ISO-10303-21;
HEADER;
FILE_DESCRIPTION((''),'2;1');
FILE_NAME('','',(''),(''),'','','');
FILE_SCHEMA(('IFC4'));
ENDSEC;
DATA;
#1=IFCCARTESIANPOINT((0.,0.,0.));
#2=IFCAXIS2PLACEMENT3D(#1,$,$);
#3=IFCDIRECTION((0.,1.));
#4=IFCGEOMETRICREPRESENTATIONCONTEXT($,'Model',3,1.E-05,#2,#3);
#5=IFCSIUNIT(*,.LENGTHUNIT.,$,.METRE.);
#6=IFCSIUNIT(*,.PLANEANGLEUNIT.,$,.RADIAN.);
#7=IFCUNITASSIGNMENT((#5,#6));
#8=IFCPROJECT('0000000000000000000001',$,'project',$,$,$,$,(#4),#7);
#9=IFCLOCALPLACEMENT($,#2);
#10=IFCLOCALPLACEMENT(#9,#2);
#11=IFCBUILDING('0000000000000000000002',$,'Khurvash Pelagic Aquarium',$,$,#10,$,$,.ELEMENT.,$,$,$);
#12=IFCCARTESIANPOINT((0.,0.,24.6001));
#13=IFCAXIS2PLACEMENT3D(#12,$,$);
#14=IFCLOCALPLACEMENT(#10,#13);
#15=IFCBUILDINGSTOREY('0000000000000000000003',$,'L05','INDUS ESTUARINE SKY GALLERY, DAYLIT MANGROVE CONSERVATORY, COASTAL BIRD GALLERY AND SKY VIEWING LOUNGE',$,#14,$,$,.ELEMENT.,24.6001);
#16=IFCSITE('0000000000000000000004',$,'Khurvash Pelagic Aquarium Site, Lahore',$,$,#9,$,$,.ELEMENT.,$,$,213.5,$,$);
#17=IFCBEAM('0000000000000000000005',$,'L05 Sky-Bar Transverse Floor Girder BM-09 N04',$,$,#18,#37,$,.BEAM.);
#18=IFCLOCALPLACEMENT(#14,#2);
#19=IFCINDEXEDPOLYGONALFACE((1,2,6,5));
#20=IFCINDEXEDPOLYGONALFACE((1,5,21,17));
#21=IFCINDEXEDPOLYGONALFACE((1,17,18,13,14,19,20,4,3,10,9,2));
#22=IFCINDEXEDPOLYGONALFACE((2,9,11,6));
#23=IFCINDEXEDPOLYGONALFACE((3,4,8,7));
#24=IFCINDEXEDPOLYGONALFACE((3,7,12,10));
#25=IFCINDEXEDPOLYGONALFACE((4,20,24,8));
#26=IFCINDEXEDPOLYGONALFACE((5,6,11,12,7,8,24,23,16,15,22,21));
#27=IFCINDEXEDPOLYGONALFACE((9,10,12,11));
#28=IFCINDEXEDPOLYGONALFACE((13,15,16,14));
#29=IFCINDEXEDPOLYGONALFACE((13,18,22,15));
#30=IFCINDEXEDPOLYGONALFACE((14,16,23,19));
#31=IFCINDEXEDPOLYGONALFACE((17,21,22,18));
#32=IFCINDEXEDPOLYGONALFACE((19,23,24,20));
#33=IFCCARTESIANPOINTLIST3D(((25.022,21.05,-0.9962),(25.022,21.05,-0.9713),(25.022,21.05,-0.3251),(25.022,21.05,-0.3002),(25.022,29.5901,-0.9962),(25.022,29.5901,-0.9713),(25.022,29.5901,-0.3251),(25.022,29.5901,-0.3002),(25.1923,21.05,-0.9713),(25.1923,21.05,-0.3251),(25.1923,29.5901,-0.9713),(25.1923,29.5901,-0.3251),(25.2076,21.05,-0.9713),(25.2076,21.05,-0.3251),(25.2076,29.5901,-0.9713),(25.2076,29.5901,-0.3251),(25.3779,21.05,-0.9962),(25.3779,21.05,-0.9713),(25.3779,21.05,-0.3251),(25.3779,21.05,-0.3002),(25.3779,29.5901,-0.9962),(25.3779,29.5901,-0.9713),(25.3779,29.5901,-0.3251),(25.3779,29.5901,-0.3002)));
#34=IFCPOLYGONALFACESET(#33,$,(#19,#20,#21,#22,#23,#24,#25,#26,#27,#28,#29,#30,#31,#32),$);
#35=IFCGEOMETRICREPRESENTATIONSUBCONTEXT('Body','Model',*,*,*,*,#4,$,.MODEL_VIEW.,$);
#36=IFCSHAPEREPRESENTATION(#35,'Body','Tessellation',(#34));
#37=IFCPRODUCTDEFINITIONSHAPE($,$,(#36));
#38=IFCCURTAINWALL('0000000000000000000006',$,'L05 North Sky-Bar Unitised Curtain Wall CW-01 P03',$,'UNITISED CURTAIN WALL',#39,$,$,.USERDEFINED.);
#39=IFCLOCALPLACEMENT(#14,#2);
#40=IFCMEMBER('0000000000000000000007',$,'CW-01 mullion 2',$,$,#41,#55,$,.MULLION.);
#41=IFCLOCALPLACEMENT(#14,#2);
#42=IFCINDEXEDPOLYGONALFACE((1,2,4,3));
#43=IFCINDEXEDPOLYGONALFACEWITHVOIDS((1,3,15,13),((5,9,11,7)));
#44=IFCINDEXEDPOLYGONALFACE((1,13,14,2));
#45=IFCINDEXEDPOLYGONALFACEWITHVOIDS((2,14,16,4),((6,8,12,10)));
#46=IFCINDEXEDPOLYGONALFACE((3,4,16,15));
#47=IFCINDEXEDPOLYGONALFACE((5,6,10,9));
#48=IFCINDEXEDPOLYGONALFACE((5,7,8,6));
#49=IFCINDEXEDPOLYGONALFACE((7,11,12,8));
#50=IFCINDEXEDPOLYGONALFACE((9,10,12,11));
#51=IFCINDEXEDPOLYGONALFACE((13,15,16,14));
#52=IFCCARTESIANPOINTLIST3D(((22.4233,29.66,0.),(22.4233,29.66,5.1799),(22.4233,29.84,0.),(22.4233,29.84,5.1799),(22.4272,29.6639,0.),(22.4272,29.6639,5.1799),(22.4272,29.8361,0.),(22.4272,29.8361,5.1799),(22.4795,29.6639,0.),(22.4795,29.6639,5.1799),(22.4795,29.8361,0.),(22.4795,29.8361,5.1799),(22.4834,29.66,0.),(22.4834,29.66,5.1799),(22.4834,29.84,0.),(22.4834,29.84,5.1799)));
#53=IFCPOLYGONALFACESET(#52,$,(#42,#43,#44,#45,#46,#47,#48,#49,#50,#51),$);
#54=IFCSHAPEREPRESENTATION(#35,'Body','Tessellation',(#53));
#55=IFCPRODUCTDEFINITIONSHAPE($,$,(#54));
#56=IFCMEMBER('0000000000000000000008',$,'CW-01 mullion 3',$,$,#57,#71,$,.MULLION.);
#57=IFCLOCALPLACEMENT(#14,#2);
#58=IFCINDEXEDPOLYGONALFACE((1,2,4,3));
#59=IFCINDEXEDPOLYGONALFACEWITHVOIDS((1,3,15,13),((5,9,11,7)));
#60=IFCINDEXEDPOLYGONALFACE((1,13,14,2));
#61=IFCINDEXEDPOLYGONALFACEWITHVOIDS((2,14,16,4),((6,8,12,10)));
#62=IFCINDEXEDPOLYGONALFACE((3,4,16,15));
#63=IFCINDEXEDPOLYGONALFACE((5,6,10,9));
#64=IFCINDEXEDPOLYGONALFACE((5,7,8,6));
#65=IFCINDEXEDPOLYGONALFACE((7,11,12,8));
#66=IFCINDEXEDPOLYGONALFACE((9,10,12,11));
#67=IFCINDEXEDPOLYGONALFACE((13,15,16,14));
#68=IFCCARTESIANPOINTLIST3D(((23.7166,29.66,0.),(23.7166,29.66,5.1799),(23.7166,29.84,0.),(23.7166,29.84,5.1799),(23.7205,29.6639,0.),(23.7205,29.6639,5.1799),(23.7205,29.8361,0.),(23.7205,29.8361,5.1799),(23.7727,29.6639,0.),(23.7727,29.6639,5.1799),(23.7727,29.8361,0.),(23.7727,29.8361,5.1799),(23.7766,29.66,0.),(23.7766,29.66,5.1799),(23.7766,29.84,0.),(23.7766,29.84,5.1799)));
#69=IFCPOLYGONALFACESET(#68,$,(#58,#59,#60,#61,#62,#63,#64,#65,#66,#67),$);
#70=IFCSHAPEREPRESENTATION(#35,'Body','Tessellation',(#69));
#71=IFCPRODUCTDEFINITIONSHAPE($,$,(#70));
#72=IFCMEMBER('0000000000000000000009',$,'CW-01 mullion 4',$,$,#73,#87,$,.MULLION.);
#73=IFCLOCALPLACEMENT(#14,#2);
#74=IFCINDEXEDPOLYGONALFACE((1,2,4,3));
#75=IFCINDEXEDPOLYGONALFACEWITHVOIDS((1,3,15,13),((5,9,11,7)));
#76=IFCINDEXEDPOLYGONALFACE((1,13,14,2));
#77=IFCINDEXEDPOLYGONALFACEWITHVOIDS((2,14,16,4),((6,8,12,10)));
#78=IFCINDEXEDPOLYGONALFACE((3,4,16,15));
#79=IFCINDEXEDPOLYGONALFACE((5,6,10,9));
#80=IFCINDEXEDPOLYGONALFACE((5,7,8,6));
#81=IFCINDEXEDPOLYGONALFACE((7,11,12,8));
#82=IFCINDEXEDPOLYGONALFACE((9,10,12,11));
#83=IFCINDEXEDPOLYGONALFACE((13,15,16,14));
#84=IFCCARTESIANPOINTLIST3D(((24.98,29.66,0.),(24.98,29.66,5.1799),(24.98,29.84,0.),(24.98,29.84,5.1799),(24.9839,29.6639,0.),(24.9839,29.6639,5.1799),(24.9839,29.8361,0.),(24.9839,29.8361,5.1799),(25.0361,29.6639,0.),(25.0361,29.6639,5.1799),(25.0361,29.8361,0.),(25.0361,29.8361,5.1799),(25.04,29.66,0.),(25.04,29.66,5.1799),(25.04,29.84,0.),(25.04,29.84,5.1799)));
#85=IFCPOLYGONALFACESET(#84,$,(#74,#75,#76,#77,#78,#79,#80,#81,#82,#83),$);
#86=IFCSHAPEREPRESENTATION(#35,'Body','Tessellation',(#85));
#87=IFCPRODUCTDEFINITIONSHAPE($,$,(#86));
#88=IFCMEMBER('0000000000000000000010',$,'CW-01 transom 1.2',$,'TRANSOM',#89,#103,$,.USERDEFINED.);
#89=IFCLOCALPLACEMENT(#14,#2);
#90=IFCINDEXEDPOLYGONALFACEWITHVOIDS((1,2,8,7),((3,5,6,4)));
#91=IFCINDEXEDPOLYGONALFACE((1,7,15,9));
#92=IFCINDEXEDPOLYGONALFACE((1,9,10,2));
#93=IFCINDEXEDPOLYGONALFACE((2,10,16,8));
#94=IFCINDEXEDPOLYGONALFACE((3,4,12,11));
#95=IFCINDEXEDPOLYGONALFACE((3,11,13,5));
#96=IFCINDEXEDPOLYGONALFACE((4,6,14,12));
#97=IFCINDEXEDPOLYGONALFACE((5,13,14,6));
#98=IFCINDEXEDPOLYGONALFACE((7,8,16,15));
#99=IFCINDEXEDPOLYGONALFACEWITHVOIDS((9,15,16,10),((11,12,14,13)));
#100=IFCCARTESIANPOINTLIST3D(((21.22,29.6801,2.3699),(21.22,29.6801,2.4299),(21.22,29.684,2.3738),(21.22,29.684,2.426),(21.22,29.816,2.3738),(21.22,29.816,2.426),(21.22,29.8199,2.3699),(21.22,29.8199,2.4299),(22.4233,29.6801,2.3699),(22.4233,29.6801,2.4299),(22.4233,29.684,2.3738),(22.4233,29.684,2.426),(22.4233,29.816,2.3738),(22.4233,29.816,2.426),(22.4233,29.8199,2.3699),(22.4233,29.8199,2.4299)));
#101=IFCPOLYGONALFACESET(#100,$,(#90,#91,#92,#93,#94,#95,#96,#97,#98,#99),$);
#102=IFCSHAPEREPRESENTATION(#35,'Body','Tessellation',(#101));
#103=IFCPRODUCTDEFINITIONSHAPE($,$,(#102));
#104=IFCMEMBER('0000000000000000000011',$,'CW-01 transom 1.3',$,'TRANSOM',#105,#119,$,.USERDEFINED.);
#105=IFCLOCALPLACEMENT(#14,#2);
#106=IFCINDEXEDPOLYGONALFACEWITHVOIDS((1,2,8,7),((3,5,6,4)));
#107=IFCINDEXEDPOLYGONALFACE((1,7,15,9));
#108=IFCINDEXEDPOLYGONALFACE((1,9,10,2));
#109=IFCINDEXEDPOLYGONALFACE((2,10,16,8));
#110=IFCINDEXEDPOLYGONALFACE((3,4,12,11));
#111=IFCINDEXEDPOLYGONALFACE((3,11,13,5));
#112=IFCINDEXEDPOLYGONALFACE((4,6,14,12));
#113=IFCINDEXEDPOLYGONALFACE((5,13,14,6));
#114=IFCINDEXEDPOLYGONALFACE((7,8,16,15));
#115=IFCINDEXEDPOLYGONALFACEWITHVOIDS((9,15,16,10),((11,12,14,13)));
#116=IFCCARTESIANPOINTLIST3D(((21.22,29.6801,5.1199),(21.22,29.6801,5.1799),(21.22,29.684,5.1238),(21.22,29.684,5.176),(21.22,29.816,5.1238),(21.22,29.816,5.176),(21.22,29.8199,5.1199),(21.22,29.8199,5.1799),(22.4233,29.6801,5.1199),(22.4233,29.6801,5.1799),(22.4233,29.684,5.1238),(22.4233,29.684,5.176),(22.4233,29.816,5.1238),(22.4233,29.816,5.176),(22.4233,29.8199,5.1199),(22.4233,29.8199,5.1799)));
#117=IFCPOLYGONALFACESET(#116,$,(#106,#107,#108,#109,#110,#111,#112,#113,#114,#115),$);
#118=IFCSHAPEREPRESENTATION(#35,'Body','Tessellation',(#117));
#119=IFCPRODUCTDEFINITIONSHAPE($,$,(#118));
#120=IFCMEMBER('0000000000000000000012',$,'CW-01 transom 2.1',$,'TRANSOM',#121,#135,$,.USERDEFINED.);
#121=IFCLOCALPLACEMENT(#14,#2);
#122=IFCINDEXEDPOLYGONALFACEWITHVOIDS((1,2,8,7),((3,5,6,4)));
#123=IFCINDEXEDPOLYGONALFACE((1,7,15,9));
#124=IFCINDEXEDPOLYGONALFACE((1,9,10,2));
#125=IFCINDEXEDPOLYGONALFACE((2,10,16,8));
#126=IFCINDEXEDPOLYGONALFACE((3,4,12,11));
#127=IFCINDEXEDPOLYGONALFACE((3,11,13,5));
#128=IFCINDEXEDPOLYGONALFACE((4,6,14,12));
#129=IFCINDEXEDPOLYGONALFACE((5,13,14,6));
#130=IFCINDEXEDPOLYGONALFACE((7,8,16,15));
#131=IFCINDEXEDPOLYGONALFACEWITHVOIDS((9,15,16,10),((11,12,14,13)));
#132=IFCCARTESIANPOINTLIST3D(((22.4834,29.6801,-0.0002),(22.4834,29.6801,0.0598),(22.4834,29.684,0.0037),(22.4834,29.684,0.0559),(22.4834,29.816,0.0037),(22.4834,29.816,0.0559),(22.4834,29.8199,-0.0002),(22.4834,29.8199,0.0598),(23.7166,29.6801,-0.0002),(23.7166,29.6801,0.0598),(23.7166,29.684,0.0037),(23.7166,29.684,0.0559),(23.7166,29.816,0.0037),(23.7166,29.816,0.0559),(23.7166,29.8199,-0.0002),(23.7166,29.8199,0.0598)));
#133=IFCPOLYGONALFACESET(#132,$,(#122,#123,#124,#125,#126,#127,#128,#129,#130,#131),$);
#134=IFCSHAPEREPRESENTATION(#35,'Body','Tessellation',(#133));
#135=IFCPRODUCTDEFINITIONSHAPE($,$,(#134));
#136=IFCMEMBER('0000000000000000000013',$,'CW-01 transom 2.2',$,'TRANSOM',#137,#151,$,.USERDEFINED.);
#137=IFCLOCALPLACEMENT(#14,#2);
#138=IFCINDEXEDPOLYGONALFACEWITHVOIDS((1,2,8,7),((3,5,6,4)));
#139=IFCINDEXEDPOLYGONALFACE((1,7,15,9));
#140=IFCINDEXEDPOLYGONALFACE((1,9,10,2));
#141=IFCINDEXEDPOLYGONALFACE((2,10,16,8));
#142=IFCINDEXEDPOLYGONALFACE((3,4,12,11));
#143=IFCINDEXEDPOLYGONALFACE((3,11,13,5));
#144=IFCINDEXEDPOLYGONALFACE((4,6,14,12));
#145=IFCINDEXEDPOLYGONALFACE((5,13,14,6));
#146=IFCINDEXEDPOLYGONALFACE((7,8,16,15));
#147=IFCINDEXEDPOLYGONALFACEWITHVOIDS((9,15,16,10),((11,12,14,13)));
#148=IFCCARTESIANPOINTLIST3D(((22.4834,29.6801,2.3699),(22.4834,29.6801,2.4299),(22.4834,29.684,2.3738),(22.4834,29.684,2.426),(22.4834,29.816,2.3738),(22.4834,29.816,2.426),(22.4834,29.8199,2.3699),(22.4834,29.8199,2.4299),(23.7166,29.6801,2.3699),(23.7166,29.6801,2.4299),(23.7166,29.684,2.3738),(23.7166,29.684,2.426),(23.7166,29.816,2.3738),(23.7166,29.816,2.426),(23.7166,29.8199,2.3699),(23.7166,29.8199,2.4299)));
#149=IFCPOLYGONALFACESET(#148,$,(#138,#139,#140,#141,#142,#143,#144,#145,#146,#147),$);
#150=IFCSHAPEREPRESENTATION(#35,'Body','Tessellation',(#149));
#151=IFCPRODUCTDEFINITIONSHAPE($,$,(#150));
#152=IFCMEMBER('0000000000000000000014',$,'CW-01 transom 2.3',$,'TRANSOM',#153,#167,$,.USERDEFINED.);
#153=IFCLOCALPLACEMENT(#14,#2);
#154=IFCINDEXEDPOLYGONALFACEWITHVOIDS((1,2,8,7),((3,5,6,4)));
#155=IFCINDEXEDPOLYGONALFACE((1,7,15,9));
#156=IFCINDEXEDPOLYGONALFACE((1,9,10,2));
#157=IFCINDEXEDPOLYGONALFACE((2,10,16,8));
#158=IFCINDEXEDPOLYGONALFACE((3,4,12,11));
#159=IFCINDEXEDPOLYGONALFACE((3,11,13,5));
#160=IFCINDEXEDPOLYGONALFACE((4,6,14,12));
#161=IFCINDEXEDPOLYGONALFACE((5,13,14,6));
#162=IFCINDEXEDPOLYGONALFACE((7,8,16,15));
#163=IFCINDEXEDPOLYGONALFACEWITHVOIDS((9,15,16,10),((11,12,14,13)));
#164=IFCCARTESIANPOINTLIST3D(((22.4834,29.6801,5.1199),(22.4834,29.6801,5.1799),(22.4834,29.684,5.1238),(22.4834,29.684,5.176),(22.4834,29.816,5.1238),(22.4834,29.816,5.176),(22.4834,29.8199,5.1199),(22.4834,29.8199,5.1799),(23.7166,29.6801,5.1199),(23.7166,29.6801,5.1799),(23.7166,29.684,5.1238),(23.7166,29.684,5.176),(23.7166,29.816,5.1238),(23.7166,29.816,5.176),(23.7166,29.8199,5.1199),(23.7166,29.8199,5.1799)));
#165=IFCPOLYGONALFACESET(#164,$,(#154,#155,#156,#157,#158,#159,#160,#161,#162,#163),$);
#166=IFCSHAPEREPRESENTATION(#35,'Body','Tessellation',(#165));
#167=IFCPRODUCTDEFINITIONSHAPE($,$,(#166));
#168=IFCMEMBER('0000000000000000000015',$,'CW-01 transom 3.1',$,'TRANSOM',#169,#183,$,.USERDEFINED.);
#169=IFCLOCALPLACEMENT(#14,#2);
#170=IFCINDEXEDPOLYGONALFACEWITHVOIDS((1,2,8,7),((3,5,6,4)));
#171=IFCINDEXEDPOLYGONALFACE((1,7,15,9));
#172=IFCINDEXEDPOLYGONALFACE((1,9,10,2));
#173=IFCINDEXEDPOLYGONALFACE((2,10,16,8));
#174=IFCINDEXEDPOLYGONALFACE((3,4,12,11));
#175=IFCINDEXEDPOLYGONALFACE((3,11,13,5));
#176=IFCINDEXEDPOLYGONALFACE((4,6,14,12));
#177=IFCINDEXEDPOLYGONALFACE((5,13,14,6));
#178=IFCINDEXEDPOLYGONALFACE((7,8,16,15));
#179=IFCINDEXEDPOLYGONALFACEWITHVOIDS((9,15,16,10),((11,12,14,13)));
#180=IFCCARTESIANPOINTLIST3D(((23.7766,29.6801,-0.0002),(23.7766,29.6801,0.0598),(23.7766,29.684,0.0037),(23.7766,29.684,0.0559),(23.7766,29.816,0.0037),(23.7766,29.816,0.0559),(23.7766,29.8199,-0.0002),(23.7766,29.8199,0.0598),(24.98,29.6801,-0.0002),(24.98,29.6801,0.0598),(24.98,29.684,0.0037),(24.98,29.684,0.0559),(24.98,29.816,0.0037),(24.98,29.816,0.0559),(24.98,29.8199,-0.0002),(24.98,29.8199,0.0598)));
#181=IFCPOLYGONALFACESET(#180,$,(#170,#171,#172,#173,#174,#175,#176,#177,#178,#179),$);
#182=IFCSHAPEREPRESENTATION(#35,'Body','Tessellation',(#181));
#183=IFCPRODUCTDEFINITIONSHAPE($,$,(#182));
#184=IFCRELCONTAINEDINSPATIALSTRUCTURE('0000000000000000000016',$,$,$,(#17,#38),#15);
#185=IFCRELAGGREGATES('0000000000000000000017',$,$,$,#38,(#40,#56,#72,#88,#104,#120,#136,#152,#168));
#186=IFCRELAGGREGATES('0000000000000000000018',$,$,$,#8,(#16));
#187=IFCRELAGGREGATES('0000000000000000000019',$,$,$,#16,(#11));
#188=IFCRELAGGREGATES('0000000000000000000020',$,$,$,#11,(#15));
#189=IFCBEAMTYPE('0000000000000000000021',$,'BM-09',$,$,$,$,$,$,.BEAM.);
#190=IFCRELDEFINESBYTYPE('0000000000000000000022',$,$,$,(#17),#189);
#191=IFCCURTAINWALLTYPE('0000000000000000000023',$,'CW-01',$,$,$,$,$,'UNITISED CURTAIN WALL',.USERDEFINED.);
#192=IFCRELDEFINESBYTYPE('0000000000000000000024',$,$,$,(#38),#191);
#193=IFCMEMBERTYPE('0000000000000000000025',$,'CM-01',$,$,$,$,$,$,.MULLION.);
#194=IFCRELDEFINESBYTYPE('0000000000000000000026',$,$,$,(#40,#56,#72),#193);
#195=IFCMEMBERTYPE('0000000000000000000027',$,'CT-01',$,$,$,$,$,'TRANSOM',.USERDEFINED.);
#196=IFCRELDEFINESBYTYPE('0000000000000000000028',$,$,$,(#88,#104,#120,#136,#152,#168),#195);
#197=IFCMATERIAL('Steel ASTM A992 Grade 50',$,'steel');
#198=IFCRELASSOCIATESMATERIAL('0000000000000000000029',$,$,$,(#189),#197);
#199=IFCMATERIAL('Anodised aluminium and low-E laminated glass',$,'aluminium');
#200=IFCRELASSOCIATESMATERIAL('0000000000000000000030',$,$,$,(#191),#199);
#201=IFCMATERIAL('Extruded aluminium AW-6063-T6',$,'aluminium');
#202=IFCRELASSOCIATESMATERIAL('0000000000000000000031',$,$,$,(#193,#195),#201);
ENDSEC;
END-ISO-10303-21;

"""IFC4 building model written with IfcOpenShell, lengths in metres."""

from ifc_helpers import new_model, si_unit, direction, frame, origin, origin_2d, place, context, subcontext, project, spatial, hollow_rectangle, i_section, extrude, material, material_profile, profile_set, type_object, element, aggregate, save


model = new_model("IFC4")

# Units and contexts
model_context = context("Model", 3, precision=1e-05, world=origin(), true_north=direction((0.0, 1.0)))
body_context = subcontext(model_context, "Body", "Model", "MODEL_VIEW")
ifc_project = project(units=[si_unit("LENGTHUNIT", "METRE"), si_unit("PLANEANGLEUNIT", "RADIAN")], contexts=[model_context])

# Site, building, storey
site_placement = place(None, origin())
site = spatial("IfcSite", under=ifc_project, at=site_placement, Name="Khurvash Pelagic Aquarium Site, Lahore", CompositionType="ELEMENT", RefElevation=213.5)
building_placement = place(site_placement, origin())
building = spatial("IfcBuilding", under=site, at=building_placement, Name="Khurvash Pelagic Aquarium", CompositionType="ELEMENT")
storey_placement = place(building_placement, frame((0.0, 0.0, 24.6001)))
storey = spatial("IfcBuildingStorey", under=building, at=storey_placement, Name="L05", Description="INDUS ESTUARINE SKY GALLERY, DAYLIT MANGROVE CONSERVATORY, COASTAL BIRD GALLERY AND SKY VIEWING LOUNGE", CompositionType="ELEMENT", Elevation=24.6001)

# Beam
ifc_material_1 = material(Name="Steel ASTM A992 Grade 50", Category="steel")
ifc_material_profile_1 = material_profile(ifc_material_1, i_section(OverallWidth=0.356, OverallDepth=0.696, WebThickness=0.0154, FlangeThickness=0.0249, at=origin_2d()), Name="W27X146")
ifc_profile_set_1 = profile_set([ifc_material_profile_1], Name="Steel ASTM A992 Grade 50")
beam_type_1 = type_object("IfcBeamType", Name="BM-09", PredefinedType="BEAM", material=ifc_profile_set_1)
beam_placement = place(storey_placement, frame((25.2, 21.05, -0.6482), z_axis=(0.0, 1.0, 0.0), x_axis=(-1.0, 0.0, 0.0)))
element("IfcBeam", 1, at=beam_placement, inside=storey, type_object=beam_type_1, Name="L05 Sky-Bar Transverse Floor Girder BM-09 N04", PredefinedType="BEAM", context=body_context, shape_type="SweptSolid", body=[
    extrude(i_section(OverallWidth=0.356, OverallDepth=0.696, WebThickness=0.0154, FlangeThickness=0.0249, at=origin_2d()), origin(), (0.0, 0.0, 1.0), 8.54),
])

# Curtain wall, members
ifc_material_2 = material(Name="Anodised aluminium and low-E laminated glass", Category="aluminium")
curtain_wall_type = type_object("IfcCurtainWallType", Name="CW-01", ElementType="UNITISED CURTAIN WALL", PredefinedType="USERDEFINED", material=ifc_material_2)
curtain_wall_placement = place(storey_placement, origin())
curtain_wall = element("IfcCurtainWall", 2, at=curtain_wall_placement, inside=storey, type_object=curtain_wall_type, Name="L05 North Sky-Bar Unitised Curtain Wall CW-01 P03", ObjectType="UNITISED CURTAIN WALL", PredefinedType="USERDEFINED")
ifc_material_3 = material(Name="Extruded aluminium AW-6063-T6", Category="aluminium")
ifc_material_profile_2 = material_profile(ifc_material_3, hollow_rectangle(XDim=0.0601, YDim=0.1799, WallThickness=0.0039, at=origin_2d()), Name="CWM60X180X4")
ifc_profile_set_2 = profile_set([ifc_material_profile_2], Name="Extruded aluminium AW-6063-T6")
member_type_1 = type_object("IfcMemberType", Name="CM-01", PredefinedType="MULLION", material=ifc_profile_set_2)
member_1_placement = place(storey_placement, frame((22.4534, 29.75, 0.0), z_axis=(0.0, 0.0, 1.0), x_axis=(1.0, 0.0, 0.0)))
member_1 = element("IfcMember", 3, at=member_1_placement, type_object=member_type_1, Name="CW-01 mullion 2", PredefinedType="MULLION", context=body_context, shape_type="SweptSolid", body=[
    extrude(hollow_rectangle(XDim=0.0601, YDim=0.1799, WallThickness=0.0039, at=origin_2d()), origin(), (0.0, 0.0, 1.0), 5.1799),
])
member_2_placement = place(storey_placement, frame((23.7466, 29.75, 0.0), z_axis=(0.0, 0.0, 1.0), x_axis=(1.0, 0.0, 0.0)))
member_2 = element("IfcMember", 4, at=member_2_placement, type_object=member_type_1, Name="CW-01 mullion 3", PredefinedType="MULLION", context=body_context, shape_type="SweptSolid", body=[
    extrude(hollow_rectangle(XDim=0.0601, YDim=0.1799, WallThickness=0.0039, at=origin_2d()), origin(), (0.0, 0.0, 1.0), 5.1799),
])
member_3_placement = place(storey_placement, frame((25.01, 29.75, 0.0), z_axis=(0.0, 0.0, 1.0), x_axis=(1.0, 0.0, 0.0)))
member_3 = element("IfcMember", 5, at=member_3_placement, type_object=member_type_1, Name="CW-01 mullion 4", PredefinedType="MULLION", context=body_context, shape_type="SweptSolid", body=[
    extrude(hollow_rectangle(XDim=0.0601, YDim=0.1799, WallThickness=0.0039, at=origin_2d()), origin(), (0.0, 0.0, 1.0), 5.1799),
])
ifc_material_profile_3 = material_profile(ifc_material_3, hollow_rectangle(XDim=0.1399, YDim=0.0601, WallThickness=0.0039, at=origin_2d()), Name="CWT140X60X4")
ifc_profile_set_3 = profile_set([ifc_material_profile_3], Name="Extruded aluminium AW-6063-T6")
member_type_2 = type_object("IfcMemberType", Name="CT-01", ElementType="TRANSOM", PredefinedType="USERDEFINED", material=ifc_profile_set_3)
member_4_placement = place(storey_placement, frame((21.22, 29.75, 2.3999), z_axis=(1.0, 0.0, 0.0), x_axis=(0.0, 1.0, 0.0)))
member_4 = element("IfcMember", 6, at=member_4_placement, type_object=member_type_2, Name="CW-01 transom 1.2", ObjectType="TRANSOM", PredefinedType="USERDEFINED", context=body_context, shape_type="SweptSolid", body=[
    extrude(hollow_rectangle(XDim=0.1399, YDim=0.0601, WallThickness=0.0039, at=origin_2d()), origin(), (0.0, 0.0, 1.0), 1.2034),
])
member_5_placement = place(storey_placement, frame((21.22, 29.75, 5.1499), z_axis=(1.0, 0.0, 0.0), x_axis=(0.0, 1.0, 0.0)))
member_5 = element("IfcMember", 7, at=member_5_placement, type_object=member_type_2, Name="CW-01 transom 1.3", ObjectType="TRANSOM", PredefinedType="USERDEFINED", context=body_context, shape_type="SweptSolid", body=[
    extrude(hollow_rectangle(XDim=0.1399, YDim=0.0601, WallThickness=0.0039, at=origin_2d()), origin(), (0.0, 0.0, 1.0), 1.2034),
])
member_6_placement = place(storey_placement, frame((22.4834, 29.75, 0.0298), z_axis=(1.0, 0.0, 0.0), x_axis=(0.0, 1.0, 0.0)))
member_6 = element("IfcMember", 8, at=member_6_placement, type_object=member_type_2, Name="CW-01 transom 2.1", ObjectType="TRANSOM", PredefinedType="USERDEFINED", context=body_context, shape_type="SweptSolid", body=[
    extrude(hollow_rectangle(XDim=0.1399, YDim=0.0601, WallThickness=0.0039, at=origin_2d()), origin(), (0.0, 0.0, 1.0), 1.2332),
])
member_7_placement = place(storey_placement, frame((22.4834, 29.75, 2.3999), z_axis=(1.0, 0.0, 0.0), x_axis=(0.0, 1.0, 0.0)))
member_7 = element("IfcMember", 9, at=member_7_placement, type_object=member_type_2, Name="CW-01 transom 2.2", ObjectType="TRANSOM", PredefinedType="USERDEFINED", context=body_context, shape_type="SweptSolid", body=[
    extrude(hollow_rectangle(XDim=0.1399, YDim=0.0601, WallThickness=0.0039, at=origin_2d()), origin(), (0.0, 0.0, 1.0), 1.2332),
])
member_8_placement = place(storey_placement, frame((22.4834, 29.75, 5.1499), z_axis=(1.0, 0.0, 0.0), x_axis=(0.0, 1.0, 0.0)))
member_8 = element("IfcMember", 10, at=member_8_placement, type_object=member_type_2, Name="CW-01 transom 2.3", ObjectType="TRANSOM", PredefinedType="USERDEFINED", context=body_context, shape_type="SweptSolid", body=[
    extrude(hollow_rectangle(XDim=0.1399, YDim=0.0601, WallThickness=0.0039, at=origin_2d()), origin(), (0.0, 0.0, 1.0), 1.2332),
])
member_9_placement = place(storey_placement, frame((23.7766, 29.75, 0.0298), z_axis=(1.0, 0.0, 0.0), x_axis=(0.0, 1.0, 0.0)))
member_9 = element("IfcMember", 11, at=member_9_placement, type_object=member_type_2, Name="CW-01 transom 3.1", ObjectType="TRANSOM", PredefinedType="USERDEFINED", context=body_context, shape_type="SweptSolid", body=[
    extrude(hollow_rectangle(XDim=0.1399, YDim=0.0601, WallThickness=0.0039, at=origin_2d()), origin(), (0.0, 0.0, 1.0), 1.2034),
])

aggregate(curtain_wall, [member_1, member_2, member_3, member_4, member_5, member_6, member_7, member_8, member_9])

save(model, "model.ifc")
